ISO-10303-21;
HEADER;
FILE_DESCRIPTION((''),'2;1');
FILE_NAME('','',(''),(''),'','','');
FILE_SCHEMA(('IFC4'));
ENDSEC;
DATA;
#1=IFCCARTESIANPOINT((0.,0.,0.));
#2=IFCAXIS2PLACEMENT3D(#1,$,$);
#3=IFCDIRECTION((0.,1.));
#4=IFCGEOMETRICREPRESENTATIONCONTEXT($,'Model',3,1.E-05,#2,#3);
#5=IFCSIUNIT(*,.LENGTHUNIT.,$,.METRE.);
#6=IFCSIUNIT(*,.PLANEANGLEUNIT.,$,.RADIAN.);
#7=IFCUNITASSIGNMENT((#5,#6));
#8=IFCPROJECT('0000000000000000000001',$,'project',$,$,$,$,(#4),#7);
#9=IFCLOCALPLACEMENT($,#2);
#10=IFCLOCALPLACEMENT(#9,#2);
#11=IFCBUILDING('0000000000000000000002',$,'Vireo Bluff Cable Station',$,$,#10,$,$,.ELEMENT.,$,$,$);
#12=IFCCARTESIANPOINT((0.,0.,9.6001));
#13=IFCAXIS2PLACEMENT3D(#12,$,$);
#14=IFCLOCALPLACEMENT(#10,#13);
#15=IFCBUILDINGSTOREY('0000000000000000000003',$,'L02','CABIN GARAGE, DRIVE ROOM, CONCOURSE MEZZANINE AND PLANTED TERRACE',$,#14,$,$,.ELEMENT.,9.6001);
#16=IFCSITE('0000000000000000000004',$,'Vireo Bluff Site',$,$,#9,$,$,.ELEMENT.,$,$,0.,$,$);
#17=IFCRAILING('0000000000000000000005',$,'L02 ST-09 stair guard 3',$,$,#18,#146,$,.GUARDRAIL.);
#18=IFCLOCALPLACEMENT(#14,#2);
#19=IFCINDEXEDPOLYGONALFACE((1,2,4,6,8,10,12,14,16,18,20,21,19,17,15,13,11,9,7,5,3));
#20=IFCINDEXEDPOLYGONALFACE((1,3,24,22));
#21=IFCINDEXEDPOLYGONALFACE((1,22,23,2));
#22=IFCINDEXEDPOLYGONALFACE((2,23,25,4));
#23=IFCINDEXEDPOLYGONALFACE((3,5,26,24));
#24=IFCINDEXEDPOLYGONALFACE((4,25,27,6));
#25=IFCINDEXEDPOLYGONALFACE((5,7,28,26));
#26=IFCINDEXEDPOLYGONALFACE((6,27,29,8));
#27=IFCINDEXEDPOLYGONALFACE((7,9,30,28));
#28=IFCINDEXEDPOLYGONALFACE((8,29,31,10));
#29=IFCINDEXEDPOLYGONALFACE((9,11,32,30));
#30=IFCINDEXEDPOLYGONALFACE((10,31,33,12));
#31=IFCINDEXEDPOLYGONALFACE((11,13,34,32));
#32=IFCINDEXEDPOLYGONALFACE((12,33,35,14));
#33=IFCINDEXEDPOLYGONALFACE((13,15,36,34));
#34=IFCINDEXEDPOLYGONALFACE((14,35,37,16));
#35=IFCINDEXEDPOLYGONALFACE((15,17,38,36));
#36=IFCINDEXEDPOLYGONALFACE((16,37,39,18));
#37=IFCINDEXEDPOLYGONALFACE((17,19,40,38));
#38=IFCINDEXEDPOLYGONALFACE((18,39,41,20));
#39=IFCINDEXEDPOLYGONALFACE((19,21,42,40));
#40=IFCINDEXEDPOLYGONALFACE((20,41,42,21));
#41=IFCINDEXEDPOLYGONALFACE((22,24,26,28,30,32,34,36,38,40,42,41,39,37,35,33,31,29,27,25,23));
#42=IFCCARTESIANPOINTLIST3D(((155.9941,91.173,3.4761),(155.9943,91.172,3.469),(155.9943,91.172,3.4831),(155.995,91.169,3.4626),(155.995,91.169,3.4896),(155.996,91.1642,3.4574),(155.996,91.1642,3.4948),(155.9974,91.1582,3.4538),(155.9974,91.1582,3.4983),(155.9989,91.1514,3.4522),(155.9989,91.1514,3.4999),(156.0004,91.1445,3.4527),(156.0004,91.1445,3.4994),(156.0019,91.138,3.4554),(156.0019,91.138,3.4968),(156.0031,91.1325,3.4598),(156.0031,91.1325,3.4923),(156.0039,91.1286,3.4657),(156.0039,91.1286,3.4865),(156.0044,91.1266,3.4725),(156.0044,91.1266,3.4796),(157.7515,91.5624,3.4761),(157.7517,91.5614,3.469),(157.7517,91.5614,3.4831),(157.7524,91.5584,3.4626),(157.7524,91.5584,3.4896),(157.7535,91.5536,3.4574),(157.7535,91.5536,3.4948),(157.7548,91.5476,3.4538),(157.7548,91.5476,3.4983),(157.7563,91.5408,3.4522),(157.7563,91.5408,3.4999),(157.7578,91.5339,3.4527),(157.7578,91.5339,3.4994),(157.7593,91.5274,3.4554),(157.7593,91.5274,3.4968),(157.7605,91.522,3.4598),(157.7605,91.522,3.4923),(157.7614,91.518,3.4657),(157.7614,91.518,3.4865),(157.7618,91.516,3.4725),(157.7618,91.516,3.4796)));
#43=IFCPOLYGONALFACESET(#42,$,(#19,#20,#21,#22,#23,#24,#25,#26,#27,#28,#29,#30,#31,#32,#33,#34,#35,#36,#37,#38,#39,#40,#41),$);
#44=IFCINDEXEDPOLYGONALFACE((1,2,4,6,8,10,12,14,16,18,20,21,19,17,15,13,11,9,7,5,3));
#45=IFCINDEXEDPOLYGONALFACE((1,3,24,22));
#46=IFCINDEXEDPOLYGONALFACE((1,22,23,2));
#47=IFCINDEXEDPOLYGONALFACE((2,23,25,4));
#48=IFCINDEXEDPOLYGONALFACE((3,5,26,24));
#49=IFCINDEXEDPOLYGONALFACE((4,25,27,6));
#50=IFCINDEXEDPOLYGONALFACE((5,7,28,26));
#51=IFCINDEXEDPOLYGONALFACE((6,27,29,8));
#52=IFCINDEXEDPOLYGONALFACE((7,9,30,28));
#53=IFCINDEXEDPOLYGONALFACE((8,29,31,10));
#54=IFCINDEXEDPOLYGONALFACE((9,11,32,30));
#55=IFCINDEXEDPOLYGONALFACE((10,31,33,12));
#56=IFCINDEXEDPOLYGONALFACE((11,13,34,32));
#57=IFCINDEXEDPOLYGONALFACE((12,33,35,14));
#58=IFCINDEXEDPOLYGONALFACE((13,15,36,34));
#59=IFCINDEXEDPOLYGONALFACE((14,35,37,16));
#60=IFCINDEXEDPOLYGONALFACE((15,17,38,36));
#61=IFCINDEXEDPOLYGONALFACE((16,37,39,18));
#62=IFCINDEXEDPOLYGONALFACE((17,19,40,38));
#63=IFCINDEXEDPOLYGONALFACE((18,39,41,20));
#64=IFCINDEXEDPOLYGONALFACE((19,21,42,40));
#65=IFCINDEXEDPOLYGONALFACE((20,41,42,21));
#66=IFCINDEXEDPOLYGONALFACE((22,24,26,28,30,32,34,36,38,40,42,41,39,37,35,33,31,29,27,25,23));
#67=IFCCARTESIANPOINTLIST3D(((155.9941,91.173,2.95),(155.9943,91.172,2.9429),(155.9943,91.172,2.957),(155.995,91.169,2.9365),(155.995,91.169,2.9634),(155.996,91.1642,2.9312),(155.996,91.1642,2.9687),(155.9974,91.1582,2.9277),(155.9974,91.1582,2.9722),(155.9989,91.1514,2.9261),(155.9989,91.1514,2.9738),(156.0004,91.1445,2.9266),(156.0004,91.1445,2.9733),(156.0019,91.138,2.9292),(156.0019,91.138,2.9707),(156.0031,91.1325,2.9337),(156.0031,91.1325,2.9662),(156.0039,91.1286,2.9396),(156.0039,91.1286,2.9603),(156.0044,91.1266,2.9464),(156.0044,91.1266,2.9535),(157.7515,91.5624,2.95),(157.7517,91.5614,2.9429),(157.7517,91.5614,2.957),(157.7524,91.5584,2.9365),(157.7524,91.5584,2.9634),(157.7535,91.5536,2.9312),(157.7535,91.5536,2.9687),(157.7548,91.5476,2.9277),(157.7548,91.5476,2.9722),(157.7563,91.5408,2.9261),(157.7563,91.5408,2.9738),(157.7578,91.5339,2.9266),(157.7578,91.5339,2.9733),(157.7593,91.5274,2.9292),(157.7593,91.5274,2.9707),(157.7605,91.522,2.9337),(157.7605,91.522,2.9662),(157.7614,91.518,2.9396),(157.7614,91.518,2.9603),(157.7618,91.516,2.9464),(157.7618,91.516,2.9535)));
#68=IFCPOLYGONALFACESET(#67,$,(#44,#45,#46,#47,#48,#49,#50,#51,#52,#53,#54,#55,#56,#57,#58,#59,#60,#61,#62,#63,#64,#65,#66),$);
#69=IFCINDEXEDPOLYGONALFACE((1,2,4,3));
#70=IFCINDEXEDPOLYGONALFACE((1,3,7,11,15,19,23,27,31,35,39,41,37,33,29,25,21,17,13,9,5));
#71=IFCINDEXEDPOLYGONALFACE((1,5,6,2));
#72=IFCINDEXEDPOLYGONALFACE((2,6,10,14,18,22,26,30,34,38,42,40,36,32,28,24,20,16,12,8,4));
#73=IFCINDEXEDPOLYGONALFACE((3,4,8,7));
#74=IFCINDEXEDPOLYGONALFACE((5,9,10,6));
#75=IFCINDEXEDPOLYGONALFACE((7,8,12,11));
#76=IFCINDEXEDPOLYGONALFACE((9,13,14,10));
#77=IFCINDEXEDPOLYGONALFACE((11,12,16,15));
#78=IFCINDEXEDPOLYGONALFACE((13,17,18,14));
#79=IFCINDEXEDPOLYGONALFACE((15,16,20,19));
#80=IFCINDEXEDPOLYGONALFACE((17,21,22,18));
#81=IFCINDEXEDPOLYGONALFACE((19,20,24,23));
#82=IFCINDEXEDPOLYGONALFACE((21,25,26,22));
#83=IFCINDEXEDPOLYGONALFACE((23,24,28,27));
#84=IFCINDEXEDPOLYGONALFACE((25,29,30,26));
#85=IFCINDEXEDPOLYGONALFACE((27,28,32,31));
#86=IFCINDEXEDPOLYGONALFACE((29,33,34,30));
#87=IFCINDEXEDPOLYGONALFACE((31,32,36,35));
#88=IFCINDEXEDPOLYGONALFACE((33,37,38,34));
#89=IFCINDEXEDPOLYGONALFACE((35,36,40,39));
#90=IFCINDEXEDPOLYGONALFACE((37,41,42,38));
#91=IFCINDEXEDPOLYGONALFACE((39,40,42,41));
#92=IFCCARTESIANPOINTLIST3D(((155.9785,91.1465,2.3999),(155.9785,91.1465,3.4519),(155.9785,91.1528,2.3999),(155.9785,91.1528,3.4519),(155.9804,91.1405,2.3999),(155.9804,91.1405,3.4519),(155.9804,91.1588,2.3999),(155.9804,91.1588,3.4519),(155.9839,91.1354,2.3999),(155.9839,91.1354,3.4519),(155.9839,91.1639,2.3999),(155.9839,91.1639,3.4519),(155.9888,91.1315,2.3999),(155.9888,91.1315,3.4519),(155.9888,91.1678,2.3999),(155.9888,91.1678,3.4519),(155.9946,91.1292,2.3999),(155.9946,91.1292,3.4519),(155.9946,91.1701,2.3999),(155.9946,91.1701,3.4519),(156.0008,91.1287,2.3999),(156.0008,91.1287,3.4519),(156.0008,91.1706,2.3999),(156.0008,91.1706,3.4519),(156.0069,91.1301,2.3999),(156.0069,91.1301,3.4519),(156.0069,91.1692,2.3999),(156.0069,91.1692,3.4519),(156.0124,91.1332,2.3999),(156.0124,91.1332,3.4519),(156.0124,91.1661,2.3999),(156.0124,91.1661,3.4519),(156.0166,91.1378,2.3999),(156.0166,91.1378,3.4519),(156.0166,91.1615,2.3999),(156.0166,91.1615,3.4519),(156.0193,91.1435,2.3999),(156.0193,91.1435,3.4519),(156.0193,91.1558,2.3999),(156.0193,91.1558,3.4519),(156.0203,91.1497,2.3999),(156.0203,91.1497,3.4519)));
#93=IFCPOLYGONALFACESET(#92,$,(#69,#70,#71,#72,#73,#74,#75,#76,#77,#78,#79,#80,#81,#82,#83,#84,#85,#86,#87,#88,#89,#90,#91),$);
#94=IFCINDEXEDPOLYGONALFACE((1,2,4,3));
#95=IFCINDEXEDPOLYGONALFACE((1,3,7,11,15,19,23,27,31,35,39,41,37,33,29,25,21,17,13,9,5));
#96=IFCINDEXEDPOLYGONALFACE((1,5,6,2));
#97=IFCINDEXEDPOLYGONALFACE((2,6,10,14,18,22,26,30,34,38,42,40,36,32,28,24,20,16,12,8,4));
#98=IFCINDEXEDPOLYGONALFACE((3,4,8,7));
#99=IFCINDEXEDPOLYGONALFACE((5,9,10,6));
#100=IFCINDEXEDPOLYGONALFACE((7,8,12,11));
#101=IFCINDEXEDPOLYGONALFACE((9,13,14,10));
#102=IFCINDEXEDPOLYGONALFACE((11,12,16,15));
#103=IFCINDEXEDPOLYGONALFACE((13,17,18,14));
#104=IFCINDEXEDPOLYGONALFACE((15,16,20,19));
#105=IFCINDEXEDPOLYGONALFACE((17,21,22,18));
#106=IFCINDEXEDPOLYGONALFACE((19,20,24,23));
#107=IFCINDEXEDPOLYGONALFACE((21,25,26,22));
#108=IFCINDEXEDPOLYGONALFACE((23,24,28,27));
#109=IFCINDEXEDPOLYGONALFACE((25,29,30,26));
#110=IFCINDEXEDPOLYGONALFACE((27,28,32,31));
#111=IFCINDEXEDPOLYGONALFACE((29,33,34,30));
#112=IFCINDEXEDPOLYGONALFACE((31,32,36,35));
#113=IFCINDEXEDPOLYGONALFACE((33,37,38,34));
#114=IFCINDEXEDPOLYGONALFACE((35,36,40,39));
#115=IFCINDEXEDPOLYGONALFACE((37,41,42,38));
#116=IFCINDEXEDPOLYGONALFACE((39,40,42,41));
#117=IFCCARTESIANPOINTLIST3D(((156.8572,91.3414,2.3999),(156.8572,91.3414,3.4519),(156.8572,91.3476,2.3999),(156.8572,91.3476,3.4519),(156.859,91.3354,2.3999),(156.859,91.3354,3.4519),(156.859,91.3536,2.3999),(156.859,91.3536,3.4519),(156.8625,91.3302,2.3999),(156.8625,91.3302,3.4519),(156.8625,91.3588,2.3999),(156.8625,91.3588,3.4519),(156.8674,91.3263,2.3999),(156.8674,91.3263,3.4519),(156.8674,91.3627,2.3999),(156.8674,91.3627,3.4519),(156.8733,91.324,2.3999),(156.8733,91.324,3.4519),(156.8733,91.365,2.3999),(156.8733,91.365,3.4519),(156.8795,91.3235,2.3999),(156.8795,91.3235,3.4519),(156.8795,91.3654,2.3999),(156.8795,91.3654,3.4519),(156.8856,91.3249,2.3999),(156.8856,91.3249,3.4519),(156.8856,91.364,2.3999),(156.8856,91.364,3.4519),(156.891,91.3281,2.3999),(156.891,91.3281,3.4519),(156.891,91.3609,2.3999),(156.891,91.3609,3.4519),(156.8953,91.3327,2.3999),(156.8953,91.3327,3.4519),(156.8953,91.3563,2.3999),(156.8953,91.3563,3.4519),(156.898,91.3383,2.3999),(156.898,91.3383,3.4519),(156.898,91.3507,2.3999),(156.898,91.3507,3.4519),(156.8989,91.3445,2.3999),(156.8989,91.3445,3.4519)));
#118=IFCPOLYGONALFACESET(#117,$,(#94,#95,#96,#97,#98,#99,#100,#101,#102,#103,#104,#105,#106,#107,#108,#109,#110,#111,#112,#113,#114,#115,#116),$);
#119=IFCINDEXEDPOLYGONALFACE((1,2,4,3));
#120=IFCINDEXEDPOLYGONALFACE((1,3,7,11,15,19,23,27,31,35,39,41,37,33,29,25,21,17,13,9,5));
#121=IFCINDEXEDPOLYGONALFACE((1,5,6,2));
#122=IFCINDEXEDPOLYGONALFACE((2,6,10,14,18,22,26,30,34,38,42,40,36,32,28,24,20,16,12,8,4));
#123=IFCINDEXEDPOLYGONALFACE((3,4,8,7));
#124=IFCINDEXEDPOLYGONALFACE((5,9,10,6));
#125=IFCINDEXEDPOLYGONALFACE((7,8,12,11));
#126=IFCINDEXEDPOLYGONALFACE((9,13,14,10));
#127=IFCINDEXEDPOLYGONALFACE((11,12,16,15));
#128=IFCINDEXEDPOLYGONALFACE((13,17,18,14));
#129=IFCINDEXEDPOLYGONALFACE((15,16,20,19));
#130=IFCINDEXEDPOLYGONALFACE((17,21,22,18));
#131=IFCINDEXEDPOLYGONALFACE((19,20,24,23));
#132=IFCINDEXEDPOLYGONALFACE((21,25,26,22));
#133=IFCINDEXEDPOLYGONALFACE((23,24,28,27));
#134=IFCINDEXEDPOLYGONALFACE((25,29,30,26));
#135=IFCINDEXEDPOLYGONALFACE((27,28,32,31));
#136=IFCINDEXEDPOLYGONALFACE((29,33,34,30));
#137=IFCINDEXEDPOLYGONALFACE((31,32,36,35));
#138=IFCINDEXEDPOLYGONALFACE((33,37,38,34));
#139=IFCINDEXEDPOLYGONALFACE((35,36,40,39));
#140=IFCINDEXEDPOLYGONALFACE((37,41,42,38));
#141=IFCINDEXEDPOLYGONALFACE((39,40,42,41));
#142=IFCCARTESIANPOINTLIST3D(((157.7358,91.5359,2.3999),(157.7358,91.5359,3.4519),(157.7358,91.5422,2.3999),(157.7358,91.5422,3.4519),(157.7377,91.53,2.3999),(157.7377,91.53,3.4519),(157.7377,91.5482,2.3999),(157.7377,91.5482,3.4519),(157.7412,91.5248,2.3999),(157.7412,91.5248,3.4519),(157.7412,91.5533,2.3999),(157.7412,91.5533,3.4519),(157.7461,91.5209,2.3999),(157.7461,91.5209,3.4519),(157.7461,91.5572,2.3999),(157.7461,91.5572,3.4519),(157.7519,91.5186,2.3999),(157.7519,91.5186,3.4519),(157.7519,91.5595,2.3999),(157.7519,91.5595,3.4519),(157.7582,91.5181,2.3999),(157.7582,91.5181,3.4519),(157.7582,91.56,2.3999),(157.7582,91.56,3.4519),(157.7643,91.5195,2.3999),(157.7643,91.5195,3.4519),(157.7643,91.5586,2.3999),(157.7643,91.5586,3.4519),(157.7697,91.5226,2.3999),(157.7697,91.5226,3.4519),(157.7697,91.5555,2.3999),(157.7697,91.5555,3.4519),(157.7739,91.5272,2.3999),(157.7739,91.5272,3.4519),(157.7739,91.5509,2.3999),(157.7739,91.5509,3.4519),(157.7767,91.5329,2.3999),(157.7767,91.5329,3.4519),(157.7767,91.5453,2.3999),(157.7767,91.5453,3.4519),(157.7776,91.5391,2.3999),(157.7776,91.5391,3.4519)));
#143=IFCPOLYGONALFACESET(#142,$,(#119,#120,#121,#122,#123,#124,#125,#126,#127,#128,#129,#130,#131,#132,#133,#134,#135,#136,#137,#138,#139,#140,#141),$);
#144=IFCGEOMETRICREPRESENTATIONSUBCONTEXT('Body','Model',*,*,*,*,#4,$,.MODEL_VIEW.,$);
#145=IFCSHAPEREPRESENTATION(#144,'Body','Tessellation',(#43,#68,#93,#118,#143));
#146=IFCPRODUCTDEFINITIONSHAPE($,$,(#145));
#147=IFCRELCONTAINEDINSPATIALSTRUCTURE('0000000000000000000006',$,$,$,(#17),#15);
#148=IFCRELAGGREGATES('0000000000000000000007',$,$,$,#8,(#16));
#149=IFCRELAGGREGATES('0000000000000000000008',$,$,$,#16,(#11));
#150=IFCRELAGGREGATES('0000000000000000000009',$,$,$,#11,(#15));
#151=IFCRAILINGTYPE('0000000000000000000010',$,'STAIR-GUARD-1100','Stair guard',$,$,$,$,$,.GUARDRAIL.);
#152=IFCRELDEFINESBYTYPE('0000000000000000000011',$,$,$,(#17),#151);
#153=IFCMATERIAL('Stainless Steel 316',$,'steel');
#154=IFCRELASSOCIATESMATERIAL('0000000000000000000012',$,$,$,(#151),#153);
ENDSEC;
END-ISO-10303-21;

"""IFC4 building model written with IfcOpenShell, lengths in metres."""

from ifc_helpers import new_model, si_unit, direction, frame, origin, origin_2d, place, context, subcontext, project, spatial, circle, extrude, material, type_object, element, save


model = new_model("IFC4")

# Units and contexts
model_context = context("Model", 3, precision=1e-05, world=origin(), true_north=direction((0.0, 1.0)))
body_context = subcontext(model_context, "Body", "Model", "MODEL_VIEW")
ifc_project = project(units=[si_unit("LENGTHUNIT", "METRE"), si_unit("PLANEANGLEUNIT", "RADIAN")], contexts=[model_context])

# Site, building, storey
site_placement = place(None, origin())
site = spatial("IfcSite", under=ifc_project, at=site_placement, Name="Vireo Bluff Site", CompositionType="ELEMENT", RefElevation=0.0)
building_placement = place(site_placement, origin())
building = spatial("IfcBuilding", under=site, at=building_placement, Name="Vireo Bluff Cable Station", CompositionType="ELEMENT")
storey_placement = place(building_placement, frame((0.0, 0.0, 9.6001)))
storey = spatial("IfcBuildingStorey", under=building, at=storey_placement, Name="L02", Description="CABIN GARAGE, DRIVE ROOM, CONCOURSE MEZZANINE AND PLANTED TERRACE", CompositionType="ELEMENT", Elevation=9.6001)

# Railing
ifc_material_1 = material(Name="Stainless Steel 316", Category="steel")
railing_type_1 = type_object("IfcRailingType", Name="STAIR-GUARD-1100", Description="Stair guard", PredefinedType="GUARDRAIL", material=ifc_material_1)
railing_1_placement = place(storey_placement, frame((155.9993, 91.1497, 2.3999)))
element("IfcRailing", 1, at=railing_1_placement, inside=storey, type_object=railing_type_1, Name="L02 ST-09 stair guard 3", PredefinedType="GUARDRAIL", context=body_context, shape_type="SweptSolid", body=[
    extrude(circle(Radius=0.0239, at=origin_2d()), frame((0.0, 0.0, 1.0762), z_axis=(0.976318, 0.216342, 0.0), x_axis=(-0.216342, 0.976318, 0.0)), (0.0, 0.0, 1.0), 1.8),
    extrude(circle(Radius=0.0239, at=origin_2d()), frame((0.0, 0.0, 0.55), z_axis=(0.976318, 0.216342, 0.0), x_axis=(-0.216342, 0.976318, 0.0)), (0.0, 0.0, 1.0), 1.8),
    extrude(circle(Radius=0.021, at=origin_2d()), origin(), (0.0, 0.0, 1.0), 1.052),
    extrude(circle(Radius=0.021, at=origin_2d()), frame((0.8787, 0.1948, 0.0)), (0.0, 0.0, 1.0), 1.052),
    extrude(circle(Radius=0.021, at=origin_2d()), frame((1.7573, 0.3894, 0.0)), (0.0, 0.0, 1.0), 1.052),
])

save(model, "model.ifc")
